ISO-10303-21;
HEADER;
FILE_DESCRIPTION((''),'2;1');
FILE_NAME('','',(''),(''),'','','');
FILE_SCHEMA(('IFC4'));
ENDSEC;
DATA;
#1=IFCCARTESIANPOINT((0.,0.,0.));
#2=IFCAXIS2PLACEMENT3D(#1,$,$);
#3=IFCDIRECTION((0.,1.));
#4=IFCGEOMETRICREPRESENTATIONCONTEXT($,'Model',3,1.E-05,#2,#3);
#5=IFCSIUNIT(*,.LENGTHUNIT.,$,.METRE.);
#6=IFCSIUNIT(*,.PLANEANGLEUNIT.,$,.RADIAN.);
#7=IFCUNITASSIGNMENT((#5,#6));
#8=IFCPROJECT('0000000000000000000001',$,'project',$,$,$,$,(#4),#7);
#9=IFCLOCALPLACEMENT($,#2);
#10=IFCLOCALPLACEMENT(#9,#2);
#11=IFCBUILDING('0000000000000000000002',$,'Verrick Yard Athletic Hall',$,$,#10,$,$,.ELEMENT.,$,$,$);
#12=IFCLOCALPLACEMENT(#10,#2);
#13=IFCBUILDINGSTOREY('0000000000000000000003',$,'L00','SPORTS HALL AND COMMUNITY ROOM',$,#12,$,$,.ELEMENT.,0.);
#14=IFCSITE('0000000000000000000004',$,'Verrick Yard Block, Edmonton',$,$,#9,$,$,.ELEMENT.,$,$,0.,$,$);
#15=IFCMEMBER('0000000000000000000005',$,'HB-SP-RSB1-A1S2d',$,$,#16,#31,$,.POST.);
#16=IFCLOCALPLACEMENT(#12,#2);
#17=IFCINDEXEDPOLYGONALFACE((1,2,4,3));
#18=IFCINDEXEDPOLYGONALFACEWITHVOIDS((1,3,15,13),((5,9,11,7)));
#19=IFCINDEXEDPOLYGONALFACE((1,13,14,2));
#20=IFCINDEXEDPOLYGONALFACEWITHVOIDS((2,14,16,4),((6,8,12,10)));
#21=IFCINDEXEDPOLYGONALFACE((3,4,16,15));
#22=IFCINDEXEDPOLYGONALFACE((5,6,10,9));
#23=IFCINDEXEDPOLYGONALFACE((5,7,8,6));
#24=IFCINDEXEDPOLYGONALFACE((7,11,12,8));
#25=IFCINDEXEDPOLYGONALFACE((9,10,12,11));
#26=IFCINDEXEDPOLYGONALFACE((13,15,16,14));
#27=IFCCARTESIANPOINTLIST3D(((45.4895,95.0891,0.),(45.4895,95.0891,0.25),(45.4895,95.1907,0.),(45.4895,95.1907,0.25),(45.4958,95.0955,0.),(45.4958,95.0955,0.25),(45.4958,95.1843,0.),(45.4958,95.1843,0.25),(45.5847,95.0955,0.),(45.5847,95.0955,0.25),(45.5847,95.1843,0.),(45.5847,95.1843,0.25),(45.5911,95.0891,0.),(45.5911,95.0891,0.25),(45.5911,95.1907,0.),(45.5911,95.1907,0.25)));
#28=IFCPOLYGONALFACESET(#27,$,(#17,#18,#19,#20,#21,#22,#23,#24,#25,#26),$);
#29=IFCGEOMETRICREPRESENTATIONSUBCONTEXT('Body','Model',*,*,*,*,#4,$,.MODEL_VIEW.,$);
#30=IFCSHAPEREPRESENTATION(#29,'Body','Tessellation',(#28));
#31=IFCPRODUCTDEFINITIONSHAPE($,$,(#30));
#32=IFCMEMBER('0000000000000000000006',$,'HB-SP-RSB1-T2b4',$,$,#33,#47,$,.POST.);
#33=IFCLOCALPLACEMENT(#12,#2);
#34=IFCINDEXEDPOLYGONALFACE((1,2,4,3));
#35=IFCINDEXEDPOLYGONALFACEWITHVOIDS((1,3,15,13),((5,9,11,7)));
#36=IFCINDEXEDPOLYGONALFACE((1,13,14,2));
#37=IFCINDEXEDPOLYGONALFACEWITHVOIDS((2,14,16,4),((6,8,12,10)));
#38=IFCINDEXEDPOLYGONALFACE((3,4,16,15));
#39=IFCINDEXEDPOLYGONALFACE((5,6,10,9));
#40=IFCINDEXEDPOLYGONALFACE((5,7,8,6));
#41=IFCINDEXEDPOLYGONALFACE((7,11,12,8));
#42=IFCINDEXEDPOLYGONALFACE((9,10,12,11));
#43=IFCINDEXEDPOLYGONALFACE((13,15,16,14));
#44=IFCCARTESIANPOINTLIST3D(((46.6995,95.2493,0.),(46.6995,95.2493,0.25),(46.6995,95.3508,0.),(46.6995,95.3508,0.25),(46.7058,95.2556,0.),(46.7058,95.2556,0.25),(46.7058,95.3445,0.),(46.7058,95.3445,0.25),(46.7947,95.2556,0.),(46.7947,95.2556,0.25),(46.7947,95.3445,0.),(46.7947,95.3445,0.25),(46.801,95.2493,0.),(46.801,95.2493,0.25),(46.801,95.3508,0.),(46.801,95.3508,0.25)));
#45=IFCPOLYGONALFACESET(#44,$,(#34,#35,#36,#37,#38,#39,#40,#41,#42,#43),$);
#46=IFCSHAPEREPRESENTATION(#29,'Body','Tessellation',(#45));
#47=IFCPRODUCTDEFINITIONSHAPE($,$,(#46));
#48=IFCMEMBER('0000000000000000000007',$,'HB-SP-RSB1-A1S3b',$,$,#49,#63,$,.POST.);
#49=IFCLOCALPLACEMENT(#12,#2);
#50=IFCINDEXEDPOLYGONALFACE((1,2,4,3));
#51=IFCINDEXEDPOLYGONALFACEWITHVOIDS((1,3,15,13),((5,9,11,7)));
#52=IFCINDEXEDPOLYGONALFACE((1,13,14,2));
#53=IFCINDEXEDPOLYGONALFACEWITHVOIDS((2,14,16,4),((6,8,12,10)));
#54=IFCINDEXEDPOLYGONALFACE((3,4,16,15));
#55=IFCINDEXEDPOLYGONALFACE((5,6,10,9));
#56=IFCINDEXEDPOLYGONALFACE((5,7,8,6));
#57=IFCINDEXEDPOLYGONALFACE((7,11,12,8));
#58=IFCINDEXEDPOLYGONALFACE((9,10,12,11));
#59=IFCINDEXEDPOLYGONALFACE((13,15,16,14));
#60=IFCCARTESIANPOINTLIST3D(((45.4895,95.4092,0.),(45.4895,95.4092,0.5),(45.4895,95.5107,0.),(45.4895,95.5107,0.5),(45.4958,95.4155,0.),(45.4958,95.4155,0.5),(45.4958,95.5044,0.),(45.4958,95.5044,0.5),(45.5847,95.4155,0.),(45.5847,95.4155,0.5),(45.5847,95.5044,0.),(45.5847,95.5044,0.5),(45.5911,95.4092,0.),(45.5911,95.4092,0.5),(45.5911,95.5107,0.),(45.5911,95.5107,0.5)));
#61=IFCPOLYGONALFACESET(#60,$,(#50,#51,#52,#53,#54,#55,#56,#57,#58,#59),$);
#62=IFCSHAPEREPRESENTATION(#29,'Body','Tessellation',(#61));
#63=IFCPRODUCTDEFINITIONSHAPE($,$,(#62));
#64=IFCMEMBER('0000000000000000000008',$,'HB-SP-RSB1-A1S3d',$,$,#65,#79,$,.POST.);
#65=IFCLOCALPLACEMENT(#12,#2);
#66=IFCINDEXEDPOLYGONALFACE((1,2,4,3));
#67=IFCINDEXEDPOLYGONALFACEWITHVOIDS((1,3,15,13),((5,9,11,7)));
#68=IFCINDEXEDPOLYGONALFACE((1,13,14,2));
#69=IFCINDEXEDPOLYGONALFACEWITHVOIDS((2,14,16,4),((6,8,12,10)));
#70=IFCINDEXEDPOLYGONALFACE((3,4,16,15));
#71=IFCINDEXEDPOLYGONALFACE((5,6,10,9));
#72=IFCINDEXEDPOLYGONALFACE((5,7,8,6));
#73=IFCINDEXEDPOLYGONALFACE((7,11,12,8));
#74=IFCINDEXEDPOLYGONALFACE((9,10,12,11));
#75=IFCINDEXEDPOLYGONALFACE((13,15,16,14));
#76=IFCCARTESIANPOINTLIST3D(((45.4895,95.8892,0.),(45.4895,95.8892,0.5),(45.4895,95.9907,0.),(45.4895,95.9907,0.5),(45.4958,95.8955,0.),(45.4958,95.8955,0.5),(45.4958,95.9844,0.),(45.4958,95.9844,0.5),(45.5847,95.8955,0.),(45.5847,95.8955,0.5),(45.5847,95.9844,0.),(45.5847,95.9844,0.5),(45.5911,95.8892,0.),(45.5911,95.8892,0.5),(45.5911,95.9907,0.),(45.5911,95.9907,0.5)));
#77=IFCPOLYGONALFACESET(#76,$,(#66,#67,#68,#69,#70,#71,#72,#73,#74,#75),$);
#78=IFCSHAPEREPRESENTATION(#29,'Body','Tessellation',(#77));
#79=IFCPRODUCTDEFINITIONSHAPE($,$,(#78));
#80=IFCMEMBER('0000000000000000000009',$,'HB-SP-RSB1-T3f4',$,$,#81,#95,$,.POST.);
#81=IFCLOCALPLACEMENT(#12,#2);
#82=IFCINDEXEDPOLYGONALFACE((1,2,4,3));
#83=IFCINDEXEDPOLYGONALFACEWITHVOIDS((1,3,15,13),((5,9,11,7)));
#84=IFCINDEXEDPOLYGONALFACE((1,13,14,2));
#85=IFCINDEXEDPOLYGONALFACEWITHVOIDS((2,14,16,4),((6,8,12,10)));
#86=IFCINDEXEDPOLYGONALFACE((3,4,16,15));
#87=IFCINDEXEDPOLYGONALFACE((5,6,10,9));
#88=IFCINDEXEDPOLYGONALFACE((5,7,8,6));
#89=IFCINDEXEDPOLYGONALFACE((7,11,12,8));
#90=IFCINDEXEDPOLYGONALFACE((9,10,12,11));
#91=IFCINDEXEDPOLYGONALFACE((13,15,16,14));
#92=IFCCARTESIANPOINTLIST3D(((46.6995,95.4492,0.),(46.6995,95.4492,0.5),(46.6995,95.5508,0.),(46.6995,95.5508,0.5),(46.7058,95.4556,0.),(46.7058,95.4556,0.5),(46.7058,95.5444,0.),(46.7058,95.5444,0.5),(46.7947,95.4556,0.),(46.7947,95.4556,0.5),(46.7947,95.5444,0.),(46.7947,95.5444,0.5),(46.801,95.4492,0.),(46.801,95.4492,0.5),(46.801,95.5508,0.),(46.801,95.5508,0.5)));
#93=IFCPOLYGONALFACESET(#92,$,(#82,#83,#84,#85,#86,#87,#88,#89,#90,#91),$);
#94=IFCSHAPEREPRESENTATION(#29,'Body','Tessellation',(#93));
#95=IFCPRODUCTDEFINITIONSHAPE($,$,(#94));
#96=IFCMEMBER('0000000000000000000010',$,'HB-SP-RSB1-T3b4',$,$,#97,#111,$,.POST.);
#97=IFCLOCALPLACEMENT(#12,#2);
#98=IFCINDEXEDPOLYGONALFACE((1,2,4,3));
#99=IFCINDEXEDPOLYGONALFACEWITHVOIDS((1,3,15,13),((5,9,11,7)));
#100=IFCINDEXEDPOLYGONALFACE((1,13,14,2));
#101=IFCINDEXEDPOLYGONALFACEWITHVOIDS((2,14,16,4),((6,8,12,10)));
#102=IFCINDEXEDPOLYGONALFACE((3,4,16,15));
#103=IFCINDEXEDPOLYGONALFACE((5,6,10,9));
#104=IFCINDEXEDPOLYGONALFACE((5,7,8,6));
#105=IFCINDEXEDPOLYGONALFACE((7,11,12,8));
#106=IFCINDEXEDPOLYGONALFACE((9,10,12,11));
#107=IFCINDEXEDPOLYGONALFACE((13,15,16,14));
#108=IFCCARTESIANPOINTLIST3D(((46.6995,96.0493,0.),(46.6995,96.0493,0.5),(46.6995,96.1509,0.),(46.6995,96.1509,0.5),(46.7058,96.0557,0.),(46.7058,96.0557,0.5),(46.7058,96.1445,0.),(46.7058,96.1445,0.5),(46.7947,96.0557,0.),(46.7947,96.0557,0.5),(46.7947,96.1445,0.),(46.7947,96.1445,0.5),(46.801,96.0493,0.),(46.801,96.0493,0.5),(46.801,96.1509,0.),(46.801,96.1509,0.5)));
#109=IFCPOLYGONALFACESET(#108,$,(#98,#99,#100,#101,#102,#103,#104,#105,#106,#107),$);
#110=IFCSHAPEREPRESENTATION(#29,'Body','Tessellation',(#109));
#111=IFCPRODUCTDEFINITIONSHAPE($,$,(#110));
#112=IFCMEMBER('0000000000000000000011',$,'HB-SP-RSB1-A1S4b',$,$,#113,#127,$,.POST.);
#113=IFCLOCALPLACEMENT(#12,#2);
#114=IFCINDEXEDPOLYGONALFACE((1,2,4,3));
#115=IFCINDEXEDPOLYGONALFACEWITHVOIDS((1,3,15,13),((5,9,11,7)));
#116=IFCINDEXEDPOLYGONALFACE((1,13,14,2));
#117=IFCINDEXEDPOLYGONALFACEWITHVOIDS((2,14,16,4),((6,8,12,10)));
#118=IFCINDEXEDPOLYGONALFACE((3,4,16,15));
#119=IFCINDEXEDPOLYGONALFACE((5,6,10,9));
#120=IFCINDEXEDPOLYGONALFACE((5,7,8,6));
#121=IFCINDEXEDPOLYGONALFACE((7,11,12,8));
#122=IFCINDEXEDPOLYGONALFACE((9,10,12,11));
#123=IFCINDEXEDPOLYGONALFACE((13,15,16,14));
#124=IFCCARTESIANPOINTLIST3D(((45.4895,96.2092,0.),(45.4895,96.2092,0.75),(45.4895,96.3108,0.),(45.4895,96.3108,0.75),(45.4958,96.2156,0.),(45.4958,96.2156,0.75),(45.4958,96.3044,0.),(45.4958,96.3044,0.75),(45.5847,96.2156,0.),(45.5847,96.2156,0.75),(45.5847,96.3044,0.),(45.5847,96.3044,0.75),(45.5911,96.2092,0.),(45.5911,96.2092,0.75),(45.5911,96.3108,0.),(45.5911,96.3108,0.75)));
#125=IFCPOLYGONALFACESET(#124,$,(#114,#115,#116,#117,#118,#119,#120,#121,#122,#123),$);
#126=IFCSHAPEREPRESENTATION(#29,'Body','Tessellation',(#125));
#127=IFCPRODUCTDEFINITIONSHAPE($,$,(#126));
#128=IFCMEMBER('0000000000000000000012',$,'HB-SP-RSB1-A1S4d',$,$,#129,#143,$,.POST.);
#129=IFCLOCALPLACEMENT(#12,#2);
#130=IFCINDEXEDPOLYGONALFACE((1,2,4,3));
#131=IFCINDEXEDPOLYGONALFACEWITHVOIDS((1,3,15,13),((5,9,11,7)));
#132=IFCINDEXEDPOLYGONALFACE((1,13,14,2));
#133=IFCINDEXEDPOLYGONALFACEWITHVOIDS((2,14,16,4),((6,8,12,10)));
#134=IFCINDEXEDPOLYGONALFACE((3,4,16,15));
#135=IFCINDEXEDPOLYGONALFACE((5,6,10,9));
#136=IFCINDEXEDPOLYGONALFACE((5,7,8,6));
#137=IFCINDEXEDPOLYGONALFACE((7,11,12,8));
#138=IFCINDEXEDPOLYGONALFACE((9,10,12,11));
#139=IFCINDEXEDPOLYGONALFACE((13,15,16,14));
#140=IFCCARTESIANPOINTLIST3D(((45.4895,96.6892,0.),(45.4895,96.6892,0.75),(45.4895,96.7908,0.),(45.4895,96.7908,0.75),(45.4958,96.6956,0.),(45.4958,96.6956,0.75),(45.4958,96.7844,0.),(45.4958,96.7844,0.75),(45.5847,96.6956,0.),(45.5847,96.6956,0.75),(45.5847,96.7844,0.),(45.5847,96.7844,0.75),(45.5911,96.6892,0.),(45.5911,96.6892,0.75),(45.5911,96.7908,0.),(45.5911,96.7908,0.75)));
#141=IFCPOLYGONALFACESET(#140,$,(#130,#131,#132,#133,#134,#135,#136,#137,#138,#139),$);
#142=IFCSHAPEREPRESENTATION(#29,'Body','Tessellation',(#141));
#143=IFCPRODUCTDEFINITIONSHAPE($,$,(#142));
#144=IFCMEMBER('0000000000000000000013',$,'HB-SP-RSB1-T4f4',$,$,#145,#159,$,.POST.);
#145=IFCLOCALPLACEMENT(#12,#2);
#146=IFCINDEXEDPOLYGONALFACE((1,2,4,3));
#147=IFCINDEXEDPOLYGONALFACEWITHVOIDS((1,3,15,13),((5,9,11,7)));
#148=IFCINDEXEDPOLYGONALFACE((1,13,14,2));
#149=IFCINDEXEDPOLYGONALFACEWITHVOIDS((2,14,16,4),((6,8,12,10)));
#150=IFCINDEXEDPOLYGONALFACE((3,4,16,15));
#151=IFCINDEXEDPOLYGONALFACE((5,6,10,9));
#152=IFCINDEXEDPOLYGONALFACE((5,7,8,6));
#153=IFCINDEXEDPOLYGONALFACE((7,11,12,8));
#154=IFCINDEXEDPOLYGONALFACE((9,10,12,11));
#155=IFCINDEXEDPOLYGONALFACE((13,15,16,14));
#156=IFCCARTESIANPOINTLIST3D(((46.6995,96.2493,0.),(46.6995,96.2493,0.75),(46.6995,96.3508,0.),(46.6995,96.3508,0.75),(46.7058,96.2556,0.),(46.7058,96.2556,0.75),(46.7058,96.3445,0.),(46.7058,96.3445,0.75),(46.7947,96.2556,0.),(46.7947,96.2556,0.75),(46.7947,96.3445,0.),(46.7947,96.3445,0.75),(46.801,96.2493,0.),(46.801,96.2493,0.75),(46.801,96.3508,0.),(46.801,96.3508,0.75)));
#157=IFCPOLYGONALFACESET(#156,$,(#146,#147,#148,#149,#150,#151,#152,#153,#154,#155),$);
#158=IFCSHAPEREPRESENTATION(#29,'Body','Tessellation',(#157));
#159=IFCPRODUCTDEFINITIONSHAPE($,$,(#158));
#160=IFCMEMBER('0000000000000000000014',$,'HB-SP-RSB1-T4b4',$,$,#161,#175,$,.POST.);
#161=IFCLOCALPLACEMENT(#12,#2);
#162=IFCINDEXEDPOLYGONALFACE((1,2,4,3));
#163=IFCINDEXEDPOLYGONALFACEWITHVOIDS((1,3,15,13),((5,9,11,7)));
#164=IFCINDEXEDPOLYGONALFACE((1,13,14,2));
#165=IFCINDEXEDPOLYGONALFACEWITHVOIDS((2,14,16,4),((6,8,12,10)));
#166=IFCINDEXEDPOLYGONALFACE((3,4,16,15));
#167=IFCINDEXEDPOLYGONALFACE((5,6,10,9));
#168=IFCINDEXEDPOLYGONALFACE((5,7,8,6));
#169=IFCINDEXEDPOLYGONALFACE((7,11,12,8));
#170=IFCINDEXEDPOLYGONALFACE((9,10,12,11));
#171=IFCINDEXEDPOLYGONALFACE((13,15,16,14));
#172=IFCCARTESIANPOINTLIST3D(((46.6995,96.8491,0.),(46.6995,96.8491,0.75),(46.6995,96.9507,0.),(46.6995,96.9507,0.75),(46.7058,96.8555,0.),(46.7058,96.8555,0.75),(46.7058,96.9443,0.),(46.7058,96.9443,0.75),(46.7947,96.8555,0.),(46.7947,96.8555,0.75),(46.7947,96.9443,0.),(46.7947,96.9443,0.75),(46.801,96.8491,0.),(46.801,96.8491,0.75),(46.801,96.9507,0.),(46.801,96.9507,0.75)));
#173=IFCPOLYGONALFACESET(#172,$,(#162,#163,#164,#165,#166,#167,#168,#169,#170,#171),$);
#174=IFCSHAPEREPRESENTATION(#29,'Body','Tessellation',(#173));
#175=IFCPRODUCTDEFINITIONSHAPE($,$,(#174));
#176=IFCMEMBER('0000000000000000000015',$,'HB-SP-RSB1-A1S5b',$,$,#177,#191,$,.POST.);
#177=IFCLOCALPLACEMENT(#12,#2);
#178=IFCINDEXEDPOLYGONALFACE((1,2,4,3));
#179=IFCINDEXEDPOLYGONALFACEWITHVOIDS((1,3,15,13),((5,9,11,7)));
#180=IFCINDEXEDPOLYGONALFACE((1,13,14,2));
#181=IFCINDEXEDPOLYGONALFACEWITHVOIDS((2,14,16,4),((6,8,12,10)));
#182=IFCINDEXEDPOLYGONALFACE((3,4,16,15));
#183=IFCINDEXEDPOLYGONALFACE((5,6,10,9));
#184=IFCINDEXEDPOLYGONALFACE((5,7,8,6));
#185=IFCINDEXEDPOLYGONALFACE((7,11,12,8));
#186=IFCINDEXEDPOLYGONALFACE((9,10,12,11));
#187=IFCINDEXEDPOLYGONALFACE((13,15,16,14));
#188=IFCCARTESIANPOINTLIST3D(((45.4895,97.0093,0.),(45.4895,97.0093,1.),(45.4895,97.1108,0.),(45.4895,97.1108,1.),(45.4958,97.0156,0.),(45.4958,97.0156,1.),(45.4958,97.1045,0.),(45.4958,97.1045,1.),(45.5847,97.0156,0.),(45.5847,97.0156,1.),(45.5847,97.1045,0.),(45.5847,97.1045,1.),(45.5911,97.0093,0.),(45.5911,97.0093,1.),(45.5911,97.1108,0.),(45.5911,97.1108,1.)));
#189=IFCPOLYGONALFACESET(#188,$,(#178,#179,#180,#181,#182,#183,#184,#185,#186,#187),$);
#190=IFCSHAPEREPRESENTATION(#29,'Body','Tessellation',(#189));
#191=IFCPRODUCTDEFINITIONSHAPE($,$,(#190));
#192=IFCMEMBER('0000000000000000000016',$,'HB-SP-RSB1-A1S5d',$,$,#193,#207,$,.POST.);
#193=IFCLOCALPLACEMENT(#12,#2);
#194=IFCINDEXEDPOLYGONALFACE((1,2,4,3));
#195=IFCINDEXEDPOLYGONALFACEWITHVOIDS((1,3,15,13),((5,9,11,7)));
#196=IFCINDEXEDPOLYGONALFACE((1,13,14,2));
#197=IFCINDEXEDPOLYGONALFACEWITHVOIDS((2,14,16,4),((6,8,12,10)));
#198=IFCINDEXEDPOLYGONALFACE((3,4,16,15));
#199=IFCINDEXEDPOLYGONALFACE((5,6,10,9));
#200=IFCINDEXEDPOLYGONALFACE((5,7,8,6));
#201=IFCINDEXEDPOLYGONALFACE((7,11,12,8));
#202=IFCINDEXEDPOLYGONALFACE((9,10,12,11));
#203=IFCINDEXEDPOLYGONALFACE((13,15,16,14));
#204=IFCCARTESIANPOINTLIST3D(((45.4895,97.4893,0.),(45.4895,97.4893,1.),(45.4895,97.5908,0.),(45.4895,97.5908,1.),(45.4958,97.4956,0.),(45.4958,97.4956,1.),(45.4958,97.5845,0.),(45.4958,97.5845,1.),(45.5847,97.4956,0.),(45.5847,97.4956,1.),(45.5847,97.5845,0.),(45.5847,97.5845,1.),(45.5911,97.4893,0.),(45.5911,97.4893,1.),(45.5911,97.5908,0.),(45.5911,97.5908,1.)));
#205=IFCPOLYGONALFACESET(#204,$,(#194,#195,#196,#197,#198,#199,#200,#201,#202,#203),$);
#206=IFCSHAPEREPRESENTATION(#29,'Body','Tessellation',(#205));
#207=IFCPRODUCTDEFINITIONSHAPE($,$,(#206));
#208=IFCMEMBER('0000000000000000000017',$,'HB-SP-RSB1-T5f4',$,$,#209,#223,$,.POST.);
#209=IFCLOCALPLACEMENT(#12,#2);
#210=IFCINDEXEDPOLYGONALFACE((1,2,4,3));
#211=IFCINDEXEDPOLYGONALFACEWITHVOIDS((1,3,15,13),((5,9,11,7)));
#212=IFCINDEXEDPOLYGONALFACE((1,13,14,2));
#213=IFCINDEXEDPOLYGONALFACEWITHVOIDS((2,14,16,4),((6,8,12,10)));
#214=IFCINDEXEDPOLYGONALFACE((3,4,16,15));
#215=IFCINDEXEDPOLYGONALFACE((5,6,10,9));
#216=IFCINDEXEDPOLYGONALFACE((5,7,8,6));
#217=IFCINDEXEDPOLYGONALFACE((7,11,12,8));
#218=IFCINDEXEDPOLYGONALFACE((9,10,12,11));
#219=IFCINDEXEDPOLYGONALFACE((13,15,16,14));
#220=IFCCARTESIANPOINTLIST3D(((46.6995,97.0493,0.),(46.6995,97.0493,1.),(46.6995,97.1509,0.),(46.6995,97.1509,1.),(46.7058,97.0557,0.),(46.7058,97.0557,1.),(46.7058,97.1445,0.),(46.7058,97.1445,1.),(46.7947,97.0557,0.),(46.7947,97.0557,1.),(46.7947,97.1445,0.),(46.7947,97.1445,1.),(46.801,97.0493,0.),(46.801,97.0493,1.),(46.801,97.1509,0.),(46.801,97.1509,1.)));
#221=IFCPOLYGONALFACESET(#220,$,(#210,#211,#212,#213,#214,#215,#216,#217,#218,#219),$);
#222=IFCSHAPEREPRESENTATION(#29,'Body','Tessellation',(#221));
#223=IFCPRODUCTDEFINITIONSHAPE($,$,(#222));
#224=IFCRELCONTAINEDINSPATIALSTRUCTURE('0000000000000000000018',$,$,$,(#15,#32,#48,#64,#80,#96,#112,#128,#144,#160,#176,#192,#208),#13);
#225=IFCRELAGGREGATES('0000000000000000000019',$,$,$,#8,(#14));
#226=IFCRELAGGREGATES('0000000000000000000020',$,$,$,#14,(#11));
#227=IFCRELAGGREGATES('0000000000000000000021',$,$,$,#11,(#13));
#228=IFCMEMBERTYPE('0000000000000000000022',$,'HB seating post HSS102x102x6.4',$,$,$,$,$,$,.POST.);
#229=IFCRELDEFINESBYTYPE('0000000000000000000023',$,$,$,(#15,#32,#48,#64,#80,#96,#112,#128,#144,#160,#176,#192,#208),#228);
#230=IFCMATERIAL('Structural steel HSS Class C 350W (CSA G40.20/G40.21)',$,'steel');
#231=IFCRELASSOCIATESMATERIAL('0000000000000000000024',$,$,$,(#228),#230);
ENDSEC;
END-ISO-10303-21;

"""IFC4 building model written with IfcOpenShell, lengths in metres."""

from ifc_helpers import new_model, si_unit, direction, frame, origin, origin_2d, place, context, subcontext, project, spatial, hollow_rectangle, extrude, material, material_profile, profile_set, type_object, element, save


model = new_model("IFC4")

# Units and contexts
model_context = context("Model", 3, precision=1e-05, world=origin(), true_north=direction((0.0, 1.0)))
body_context = subcontext(model_context, "Body", "Model", "MODEL_VIEW")
ifc_project = project(units=[si_unit("LENGTHUNIT", "METRE"), si_unit("PLANEANGLEUNIT", "RADIAN")], contexts=[model_context])

# Site, building, storey
site_placement = place(None, origin())
site = spatial("IfcSite", under=ifc_project, at=site_placement, Name="Verrick Yard Block, Edmonton", CompositionType="ELEMENT", RefElevation=0.0)
building_placement = place(site_placement, origin())
building = spatial("IfcBuilding", under=site, at=building_placement, Name="Verrick Yard Athletic Hall", CompositionType="ELEMENT")
storey_placement = place(building_placement, origin())
storey = spatial("IfcBuildingStorey", under=building, at=storey_placement, Name="L00", Description="SPORTS HALL AND COMMUNITY ROOM", CompositionType="ELEMENT", Elevation=0.0)

# Members
ifc_material = material(Name="Structural steel HSS Class C 350W (CSA G40.20/G40.21)", Category="steel")
ifc_material_profile = material_profile(ifc_material, hollow_rectangle(XDim=0.1016, YDim=0.1016, WallThickness=0.0063, at=origin_2d()), Name="HSS102x102x6.4")
ifc_profile_set = profile_set([ifc_material_profile], Name="Structural steel HSS Class C 350W (CSA G40.20/G40.21)")
member_type = type_object("IfcMemberType", Name="HB seating post HSS102x102x6.4", PredefinedType="POST", material=ifc_profile_set)
for number, where, z_axis, x_axis, name in (
    (1, (45.5403, 95.1399, 0.0), (0.0, 0.0, 1.0), (0.0, 1.0, 0.0), "HB-SP-RSB1-A1S2d"),
    (2, (46.7502, 95.3, 0.0), (0.0, 0.0, 1.0), (0.0, 1.0, 0.0), "HB-SP-RSB1-T2b4"),
):
    element("IfcMember", number, at=place(storey_placement, frame(where, z_axis=z_axis, x_axis=x_axis)), inside=storey, type_object=member_type, Name=name, PredefinedType="POST", context=body_context, shape_type="SweptSolid", body=[
        extrude(hollow_rectangle(XDim=0.1016, YDim=0.1016, WallThickness=0.0063, at=origin_2d()), origin(), (0.0, 0.0, 1.0), 0.25),
    ])
for number, where, z_axis, x_axis, name in (
    (3, (45.5403, 95.46, 0.0), (0.0, 0.0, 1.0), (0.0, 1.0, 0.0), "HB-SP-RSB1-A1S3b"),
    (4, (45.5403, 95.9399, 0.0), (0.0, 0.0, 1.0), (0.0, 1.0, 0.0), "HB-SP-RSB1-A1S3d"),
    (5, (46.7502, 95.5, 0.0), (0.0, 0.0, 1.0), (0.0, 1.0, 0.0), "HB-SP-RSB1-T3f4"),
    (6, (46.7502, 96.1001, 0.0), (0.0, 0.0, 1.0), (0.0, 1.0, 0.0), "HB-SP-RSB1-T3b4"),
):
    element("IfcMember", number, at=place(storey_placement, frame(where, z_axis=z_axis, x_axis=x_axis)), inside=storey, type_object=member_type, Name=name, PredefinedType="POST", context=body_context, shape_type="SweptSolid", body=[
        extrude(hollow_rectangle(XDim=0.1016, YDim=0.1016, WallThickness=0.0063, at=origin_2d()), origin(), (0.0, 0.0, 1.0), 0.5),
    ])
for number, where, z_axis, x_axis, name in (
    (7, (45.5403, 96.26, 0.0), (0.0, 0.0, 1.0), (0.0, 1.0, 0.0), "HB-SP-RSB1-A1S4b"),
    (8, (45.5403, 96.74, 0.0), (0.0, 0.0, 1.0), (0.0, 1.0, 0.0), "HB-SP-RSB1-A1S4d"),
    (9, (46.7502, 96.3, 0.0), (0.0, 0.0, 1.0), (0.0, 1.0, 0.0), "HB-SP-RSB1-T4f4"),
    (10, (46.7502, 96.8999, 0.0), (0.0, 0.0, 1.0), (0.0, 1.0, 0.0), "HB-SP-RSB1-T4b4"),
):
    element("IfcMember", number, at=place(storey_placement, frame(where, z_axis=z_axis, x_axis=x_axis)), inside=storey, type_object=member_type, Name=name, PredefinedType="POST", context=body_context, shape_type="SweptSolid", body=[
        extrude(hollow_rectangle(XDim=0.1016, YDim=0.1016, WallThickness=0.0063, at=origin_2d()), origin(), (0.0, 0.0, 1.0), 0.75),
    ])
for number, where, z_axis, x_axis, name in (
    (11, (45.5403, 97.0601, 0.0), (0.0, 0.0, 1.0), (0.0, 1.0, 0.0), "HB-SP-RSB1-A1S5b"),
    (12, (45.5403, 97.54, 0.0), (0.0, 0.0, 1.0), (0.0, 1.0, 0.0), "HB-SP-RSB1-A1S5d"),
    (13, (46.7502, 97.1001, 0.0), (0.0, 0.0, 1.0), (0.0, 1.0, 0.0), "HB-SP-RSB1-T5f4"),
):
    element("IfcMember", number, at=place(storey_placement, frame(where, z_axis=z_axis, x_axis=x_axis)), inside=storey, type_object=member_type, Name=name, PredefinedType="POST", context=body_context, shape_type="SweptSolid", body=[
        extrude(hollow_rectangle(XDim=0.1016, YDim=0.1016, WallThickness=0.0063, at=origin_2d()), origin(), (0.0, 0.0, 1.0), 1.0),
    ])

save(model, "model.ifc")
